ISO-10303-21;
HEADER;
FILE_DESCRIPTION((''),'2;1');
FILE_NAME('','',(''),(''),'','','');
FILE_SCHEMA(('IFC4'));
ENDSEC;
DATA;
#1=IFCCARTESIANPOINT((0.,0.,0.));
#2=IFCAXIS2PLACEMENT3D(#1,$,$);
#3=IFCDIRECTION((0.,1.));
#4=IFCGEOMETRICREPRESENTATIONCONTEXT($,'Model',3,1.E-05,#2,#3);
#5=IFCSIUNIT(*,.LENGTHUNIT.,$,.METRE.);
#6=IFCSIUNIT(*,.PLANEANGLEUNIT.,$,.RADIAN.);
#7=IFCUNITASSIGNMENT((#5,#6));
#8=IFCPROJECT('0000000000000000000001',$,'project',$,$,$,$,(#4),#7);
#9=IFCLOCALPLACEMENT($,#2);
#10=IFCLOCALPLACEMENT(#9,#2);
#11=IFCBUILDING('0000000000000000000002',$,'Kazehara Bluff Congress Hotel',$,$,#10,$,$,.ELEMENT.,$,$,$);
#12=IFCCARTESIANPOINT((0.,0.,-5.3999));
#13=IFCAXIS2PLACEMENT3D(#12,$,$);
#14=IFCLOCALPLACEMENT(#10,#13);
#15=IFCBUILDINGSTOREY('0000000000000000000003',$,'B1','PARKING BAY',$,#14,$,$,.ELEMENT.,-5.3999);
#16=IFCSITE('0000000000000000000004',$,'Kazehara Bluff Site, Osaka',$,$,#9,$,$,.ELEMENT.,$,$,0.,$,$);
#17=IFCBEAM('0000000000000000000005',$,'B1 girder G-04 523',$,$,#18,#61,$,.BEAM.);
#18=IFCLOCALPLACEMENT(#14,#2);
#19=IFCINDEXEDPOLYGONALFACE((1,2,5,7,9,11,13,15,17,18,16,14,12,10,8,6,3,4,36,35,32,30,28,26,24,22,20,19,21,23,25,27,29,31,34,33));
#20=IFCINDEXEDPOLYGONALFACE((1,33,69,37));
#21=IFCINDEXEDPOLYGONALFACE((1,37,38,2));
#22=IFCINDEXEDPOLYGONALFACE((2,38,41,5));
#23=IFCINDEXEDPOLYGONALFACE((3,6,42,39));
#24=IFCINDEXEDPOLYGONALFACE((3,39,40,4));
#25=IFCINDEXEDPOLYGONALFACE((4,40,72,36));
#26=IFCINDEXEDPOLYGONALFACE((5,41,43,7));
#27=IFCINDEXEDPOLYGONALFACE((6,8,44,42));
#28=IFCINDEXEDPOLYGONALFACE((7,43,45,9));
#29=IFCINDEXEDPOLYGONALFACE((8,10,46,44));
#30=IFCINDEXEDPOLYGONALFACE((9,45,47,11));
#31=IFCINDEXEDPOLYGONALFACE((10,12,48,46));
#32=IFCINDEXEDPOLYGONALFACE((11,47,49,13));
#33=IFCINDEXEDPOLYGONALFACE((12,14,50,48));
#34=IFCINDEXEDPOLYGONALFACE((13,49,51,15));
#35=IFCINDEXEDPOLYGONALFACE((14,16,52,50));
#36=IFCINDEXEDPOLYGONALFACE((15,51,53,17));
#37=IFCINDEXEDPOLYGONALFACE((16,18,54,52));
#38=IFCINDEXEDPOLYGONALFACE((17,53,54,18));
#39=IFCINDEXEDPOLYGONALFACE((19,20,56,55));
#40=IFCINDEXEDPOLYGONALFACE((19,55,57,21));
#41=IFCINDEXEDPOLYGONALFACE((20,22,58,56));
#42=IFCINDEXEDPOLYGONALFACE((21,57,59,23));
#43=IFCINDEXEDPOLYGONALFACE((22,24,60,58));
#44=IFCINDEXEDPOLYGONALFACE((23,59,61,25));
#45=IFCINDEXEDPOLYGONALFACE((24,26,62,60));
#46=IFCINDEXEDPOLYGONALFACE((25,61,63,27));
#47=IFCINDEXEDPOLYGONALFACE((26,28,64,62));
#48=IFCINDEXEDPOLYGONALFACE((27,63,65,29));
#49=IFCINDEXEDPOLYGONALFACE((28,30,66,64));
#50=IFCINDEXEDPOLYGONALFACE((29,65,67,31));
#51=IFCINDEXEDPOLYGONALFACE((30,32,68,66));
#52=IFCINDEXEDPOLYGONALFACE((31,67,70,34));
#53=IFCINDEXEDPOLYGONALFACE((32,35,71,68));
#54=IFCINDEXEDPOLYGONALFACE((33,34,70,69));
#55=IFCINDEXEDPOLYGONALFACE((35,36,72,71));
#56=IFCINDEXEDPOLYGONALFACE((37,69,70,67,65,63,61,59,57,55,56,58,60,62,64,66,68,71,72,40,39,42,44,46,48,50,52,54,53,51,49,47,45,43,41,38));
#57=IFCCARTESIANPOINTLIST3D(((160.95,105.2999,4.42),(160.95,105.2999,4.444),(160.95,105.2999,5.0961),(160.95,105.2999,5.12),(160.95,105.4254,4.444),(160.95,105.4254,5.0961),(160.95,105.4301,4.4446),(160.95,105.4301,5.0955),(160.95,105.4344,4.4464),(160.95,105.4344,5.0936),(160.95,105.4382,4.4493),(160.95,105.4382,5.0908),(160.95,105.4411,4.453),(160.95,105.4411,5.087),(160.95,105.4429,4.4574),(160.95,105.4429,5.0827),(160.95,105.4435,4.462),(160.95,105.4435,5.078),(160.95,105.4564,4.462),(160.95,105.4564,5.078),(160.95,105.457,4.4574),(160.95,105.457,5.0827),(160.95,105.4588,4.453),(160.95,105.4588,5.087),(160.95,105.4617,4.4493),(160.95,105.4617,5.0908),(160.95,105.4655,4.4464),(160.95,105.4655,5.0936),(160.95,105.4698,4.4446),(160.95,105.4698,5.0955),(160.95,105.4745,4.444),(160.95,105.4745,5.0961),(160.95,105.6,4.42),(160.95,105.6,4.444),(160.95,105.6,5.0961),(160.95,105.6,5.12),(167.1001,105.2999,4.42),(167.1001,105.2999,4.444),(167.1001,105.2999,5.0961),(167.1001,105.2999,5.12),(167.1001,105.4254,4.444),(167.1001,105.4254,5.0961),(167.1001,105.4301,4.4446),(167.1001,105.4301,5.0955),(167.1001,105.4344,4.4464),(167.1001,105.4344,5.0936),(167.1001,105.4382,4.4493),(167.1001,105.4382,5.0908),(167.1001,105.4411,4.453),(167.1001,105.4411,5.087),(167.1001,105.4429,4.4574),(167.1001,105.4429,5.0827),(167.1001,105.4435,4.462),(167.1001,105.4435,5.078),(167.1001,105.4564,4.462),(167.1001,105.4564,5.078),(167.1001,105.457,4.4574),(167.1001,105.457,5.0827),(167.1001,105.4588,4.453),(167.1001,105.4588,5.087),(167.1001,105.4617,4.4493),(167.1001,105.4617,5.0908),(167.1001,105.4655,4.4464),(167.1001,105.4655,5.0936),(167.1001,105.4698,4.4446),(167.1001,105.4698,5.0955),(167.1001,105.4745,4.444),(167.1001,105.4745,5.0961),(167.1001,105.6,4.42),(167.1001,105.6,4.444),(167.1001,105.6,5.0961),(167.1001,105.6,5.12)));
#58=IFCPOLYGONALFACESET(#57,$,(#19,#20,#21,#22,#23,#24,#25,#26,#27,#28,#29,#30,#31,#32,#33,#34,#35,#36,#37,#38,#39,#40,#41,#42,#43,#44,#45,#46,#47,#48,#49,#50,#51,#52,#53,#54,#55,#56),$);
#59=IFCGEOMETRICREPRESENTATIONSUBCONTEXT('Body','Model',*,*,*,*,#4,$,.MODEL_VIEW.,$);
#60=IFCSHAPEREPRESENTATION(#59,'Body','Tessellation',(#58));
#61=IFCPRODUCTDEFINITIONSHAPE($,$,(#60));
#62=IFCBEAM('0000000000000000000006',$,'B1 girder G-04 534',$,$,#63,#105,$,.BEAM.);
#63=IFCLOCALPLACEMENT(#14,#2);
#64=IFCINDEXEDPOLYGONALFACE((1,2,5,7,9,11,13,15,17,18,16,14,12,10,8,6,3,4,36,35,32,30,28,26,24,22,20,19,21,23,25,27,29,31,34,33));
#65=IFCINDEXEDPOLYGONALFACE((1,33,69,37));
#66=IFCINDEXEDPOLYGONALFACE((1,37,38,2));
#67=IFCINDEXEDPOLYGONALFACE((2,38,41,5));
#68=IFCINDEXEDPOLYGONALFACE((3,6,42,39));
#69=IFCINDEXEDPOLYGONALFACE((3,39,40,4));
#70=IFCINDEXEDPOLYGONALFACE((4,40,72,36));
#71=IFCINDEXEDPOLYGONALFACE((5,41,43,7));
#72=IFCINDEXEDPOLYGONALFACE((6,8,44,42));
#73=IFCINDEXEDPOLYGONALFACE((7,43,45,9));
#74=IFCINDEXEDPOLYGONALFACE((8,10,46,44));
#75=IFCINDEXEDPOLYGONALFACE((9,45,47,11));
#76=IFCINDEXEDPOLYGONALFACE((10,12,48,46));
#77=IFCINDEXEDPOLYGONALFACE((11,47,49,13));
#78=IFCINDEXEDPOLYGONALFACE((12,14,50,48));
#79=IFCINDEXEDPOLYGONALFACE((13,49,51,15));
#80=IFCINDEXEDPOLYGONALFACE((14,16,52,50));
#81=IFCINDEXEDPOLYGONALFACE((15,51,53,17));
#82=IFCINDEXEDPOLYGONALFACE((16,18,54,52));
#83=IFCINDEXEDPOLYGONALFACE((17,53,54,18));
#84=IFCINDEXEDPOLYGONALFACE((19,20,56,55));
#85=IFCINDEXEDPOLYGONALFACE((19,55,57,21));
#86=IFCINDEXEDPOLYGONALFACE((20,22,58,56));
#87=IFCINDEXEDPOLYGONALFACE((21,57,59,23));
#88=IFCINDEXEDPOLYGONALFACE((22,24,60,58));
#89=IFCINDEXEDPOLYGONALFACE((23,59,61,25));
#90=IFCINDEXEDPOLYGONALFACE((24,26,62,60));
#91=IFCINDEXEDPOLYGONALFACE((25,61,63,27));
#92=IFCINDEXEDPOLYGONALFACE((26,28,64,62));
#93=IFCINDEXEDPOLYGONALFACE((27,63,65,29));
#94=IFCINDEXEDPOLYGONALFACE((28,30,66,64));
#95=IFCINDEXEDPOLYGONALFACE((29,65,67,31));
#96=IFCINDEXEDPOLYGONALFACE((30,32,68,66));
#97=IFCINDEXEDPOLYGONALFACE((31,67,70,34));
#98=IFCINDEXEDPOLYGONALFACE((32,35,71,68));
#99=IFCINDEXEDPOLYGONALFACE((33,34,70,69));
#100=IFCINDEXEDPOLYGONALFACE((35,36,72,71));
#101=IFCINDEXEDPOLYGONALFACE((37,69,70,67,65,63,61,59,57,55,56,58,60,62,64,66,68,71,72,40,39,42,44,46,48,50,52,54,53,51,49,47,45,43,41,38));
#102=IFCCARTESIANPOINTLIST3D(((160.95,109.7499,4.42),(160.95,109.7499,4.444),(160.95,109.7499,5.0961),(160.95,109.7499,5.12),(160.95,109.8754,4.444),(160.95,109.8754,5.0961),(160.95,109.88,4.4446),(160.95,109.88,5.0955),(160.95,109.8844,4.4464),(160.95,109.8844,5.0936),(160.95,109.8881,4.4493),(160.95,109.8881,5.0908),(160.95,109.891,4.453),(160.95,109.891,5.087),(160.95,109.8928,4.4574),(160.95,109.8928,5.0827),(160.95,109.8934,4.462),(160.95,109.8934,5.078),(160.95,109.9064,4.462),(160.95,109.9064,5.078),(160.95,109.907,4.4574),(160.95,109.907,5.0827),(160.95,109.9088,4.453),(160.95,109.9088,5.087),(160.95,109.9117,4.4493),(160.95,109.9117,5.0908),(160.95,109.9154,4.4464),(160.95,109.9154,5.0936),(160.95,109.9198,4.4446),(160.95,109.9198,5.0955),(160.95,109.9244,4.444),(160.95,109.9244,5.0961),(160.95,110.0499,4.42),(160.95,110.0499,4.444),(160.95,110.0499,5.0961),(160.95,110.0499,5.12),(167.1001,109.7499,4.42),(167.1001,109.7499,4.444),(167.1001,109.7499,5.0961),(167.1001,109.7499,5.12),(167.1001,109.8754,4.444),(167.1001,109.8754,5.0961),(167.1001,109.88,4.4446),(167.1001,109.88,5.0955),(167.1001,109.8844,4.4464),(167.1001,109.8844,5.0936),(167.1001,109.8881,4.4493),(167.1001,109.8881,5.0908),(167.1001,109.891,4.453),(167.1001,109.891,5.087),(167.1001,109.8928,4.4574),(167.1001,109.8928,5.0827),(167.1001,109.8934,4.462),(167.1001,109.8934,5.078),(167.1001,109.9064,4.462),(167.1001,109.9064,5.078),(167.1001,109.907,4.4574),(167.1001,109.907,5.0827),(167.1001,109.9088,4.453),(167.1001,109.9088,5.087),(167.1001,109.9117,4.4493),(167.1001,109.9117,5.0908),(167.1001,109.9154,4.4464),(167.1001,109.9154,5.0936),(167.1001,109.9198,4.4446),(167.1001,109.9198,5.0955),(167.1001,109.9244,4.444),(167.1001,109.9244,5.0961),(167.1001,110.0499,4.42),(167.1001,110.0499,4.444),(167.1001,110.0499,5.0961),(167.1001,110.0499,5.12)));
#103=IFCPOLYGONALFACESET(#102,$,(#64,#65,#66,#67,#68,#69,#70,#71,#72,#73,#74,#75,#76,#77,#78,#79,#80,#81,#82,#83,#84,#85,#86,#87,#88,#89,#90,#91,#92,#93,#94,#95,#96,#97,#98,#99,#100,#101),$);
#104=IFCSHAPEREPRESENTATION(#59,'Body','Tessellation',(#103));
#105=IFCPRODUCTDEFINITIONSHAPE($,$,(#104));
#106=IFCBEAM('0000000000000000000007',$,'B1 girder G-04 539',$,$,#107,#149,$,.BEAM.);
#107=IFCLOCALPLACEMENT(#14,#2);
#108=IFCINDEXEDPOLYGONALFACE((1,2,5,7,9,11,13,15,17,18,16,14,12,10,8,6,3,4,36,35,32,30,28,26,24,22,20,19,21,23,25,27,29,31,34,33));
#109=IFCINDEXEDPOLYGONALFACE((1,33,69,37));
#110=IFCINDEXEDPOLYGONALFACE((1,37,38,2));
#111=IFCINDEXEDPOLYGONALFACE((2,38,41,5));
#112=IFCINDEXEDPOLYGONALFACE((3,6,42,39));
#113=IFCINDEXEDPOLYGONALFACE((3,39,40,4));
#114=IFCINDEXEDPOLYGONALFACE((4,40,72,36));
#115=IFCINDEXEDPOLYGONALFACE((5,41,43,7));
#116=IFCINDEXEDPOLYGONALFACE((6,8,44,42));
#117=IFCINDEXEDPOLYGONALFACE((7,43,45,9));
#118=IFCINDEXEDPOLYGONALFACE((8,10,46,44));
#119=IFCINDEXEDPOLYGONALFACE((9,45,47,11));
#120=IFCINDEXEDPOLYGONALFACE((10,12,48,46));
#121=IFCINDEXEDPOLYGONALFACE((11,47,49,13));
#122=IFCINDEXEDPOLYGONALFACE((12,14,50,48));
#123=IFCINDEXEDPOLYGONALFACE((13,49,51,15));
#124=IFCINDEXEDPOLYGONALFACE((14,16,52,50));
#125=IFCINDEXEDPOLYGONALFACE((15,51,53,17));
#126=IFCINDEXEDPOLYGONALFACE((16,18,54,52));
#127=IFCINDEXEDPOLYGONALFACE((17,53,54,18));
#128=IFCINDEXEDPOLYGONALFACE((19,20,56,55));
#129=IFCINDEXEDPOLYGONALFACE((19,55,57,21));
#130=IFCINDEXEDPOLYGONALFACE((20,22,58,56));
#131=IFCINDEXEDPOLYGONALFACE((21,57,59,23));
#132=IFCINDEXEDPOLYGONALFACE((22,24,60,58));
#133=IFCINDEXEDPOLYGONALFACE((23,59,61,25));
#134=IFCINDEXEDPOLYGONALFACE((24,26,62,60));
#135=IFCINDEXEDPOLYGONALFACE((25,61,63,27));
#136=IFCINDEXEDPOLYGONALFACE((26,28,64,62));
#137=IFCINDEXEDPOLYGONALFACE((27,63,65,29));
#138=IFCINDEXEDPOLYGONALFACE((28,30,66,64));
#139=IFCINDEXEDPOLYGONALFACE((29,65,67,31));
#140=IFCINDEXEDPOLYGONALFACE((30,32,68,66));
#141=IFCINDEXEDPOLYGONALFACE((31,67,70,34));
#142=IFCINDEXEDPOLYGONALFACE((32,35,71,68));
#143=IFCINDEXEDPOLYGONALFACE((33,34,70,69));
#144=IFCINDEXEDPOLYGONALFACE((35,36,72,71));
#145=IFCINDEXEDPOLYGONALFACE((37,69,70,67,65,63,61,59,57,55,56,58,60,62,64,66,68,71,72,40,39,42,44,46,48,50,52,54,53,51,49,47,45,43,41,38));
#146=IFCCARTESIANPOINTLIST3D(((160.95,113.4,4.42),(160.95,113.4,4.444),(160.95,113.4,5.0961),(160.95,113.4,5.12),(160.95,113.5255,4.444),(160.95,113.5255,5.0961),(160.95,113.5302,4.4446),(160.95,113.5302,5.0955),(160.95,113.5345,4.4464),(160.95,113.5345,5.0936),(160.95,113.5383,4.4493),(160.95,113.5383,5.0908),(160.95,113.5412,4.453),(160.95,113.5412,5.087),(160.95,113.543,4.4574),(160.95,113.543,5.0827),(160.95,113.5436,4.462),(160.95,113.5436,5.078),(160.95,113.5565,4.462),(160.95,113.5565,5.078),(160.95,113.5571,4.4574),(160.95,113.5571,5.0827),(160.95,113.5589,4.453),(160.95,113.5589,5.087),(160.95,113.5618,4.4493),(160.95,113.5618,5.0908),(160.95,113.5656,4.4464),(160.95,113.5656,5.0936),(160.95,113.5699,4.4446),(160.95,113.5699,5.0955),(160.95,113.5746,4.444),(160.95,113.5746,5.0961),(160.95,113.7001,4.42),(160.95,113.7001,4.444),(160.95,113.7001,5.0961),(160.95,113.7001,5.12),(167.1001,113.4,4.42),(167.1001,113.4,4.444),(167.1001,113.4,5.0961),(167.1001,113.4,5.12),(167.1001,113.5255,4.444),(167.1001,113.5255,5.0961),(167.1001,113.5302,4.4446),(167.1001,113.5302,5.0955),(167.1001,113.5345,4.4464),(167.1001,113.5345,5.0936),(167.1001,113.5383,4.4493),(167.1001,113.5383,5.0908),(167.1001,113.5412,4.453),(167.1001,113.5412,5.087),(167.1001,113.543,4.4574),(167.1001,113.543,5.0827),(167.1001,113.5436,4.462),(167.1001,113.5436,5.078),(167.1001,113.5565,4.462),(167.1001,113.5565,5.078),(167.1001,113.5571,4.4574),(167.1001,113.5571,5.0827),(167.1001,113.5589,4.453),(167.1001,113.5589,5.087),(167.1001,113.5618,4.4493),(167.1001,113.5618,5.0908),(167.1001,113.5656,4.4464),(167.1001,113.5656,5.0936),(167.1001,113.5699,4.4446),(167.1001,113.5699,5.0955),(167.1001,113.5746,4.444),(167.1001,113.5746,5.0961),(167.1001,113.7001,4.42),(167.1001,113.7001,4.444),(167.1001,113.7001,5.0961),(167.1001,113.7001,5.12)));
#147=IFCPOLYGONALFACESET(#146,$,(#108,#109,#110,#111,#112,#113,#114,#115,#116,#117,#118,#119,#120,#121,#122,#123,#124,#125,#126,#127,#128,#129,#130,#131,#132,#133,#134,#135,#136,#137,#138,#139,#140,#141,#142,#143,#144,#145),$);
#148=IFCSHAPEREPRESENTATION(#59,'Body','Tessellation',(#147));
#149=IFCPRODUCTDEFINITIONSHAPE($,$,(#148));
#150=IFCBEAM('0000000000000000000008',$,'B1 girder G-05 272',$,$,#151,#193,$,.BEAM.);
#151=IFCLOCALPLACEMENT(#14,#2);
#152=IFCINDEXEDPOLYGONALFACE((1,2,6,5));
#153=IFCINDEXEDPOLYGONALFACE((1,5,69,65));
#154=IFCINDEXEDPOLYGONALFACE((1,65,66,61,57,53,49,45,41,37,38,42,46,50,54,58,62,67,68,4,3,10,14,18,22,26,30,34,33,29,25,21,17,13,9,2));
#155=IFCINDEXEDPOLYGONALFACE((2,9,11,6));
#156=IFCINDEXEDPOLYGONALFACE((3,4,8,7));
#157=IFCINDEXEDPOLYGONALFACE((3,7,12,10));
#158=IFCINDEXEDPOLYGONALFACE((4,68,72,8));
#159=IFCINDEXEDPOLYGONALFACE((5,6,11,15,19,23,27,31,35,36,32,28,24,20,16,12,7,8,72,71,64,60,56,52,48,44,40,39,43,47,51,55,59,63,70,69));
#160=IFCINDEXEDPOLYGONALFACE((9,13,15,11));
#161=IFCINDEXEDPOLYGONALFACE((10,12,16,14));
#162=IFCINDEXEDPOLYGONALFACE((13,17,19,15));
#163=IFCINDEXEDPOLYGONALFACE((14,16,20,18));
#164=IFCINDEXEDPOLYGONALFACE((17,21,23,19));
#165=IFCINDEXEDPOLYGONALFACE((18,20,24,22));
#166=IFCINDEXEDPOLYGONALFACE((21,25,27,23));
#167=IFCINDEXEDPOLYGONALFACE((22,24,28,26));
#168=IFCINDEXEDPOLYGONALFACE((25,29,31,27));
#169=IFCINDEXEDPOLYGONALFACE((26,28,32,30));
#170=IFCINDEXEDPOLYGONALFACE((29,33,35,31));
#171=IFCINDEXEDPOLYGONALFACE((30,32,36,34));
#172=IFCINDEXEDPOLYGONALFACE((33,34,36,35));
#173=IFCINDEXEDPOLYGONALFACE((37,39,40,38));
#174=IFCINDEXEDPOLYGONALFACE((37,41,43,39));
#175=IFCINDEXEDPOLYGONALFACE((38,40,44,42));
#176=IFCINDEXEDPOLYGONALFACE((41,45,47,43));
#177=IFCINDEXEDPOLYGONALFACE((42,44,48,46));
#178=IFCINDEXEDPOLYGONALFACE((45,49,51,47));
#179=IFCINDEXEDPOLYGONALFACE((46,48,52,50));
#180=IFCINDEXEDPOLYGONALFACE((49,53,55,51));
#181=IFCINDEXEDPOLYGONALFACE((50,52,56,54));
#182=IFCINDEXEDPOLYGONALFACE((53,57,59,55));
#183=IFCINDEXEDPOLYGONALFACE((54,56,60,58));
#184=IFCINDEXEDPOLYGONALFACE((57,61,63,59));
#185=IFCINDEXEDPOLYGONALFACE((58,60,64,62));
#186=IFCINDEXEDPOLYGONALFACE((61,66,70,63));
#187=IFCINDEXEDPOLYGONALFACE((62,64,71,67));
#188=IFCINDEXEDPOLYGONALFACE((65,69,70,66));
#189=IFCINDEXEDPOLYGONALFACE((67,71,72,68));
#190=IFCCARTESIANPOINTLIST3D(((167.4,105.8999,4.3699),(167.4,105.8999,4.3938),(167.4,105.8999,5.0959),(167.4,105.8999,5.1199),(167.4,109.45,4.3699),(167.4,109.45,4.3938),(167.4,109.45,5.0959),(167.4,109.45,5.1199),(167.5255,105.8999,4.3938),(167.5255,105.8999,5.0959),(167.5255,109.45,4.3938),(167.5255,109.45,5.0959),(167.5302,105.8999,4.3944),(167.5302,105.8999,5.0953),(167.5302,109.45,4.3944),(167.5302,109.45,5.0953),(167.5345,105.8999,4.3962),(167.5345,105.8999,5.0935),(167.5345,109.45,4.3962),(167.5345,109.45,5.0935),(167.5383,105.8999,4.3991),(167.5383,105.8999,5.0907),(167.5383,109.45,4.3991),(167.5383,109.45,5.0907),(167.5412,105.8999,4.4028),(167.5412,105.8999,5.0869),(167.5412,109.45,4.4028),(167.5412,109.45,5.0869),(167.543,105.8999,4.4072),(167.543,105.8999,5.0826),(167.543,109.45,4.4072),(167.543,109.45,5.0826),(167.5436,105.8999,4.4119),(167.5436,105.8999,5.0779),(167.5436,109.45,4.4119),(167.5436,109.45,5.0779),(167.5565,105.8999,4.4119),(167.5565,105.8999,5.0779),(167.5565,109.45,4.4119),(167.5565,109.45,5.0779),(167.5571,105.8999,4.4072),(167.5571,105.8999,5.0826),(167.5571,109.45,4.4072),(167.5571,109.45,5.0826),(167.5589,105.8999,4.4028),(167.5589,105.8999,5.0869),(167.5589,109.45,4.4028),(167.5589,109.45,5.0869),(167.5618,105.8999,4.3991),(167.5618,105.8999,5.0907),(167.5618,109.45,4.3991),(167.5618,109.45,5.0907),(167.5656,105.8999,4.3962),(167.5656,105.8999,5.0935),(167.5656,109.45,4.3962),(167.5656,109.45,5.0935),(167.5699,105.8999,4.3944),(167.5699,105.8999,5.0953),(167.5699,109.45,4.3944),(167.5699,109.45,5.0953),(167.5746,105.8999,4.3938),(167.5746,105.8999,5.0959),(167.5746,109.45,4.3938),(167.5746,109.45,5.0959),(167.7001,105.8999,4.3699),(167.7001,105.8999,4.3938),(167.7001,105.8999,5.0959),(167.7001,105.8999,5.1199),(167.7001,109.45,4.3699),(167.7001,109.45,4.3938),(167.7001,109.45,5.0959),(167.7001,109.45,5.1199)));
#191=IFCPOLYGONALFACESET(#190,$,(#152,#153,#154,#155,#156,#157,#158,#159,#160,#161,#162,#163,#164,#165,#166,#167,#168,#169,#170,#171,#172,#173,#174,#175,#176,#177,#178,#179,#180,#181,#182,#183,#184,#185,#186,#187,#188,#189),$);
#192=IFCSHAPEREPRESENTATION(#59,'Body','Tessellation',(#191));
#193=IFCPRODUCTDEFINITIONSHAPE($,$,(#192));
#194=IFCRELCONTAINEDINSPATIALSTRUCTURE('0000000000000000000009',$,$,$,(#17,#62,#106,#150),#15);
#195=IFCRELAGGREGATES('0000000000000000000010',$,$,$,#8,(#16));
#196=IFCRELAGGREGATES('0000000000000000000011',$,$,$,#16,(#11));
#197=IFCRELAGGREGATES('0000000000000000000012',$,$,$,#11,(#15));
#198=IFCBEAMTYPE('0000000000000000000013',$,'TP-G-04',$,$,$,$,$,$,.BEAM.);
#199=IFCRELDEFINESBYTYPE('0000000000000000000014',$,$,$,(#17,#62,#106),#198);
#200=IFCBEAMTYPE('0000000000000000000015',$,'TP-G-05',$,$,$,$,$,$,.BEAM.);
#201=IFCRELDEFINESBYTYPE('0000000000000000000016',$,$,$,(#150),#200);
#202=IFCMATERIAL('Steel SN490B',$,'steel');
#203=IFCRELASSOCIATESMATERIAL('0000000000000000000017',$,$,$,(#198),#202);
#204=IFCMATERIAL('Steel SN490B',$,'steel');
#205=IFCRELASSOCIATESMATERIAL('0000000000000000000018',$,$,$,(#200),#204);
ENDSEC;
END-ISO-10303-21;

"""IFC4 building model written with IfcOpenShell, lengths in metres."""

from ifc_helpers import new_model, si_unit, direction, frame, origin, origin_2d, place, context, subcontext, project, spatial, i_section, extrude, material, material_profile, profile_set, type_object, element, save


model = new_model("IFC4")

# Units and contexts
model_context = context("Model", 3, precision=1e-05, world=origin(), true_north=direction((0.0, 1.0)))
body_context = subcontext(model_context, "Body", "Model", "MODEL_VIEW")
ifc_project = project(units=[si_unit("LENGTHUNIT", "METRE"), si_unit("PLANEANGLEUNIT", "RADIAN")], contexts=[model_context])

# Site, building, storey
site_placement = place(None, origin())
site = spatial("IfcSite", under=ifc_project, at=site_placement, Name="Kazehara Bluff Site, Osaka", CompositionType="ELEMENT", RefElevation=0.0)
building_placement = place(site_placement, origin())
building = spatial("IfcBuilding", under=site, at=building_placement, Name="Kazehara Bluff Congress Hotel", CompositionType="ELEMENT")
storey_placement = place(building_placement, frame((0.0, 0.0, -5.3999)))
storey = spatial("IfcBuildingStorey", under=building, at=storey_placement, Name="B1", Description="PARKING BAY", CompositionType="ELEMENT", Elevation=-5.3999)

# Beams
ifc_material_1 = material(Name="Steel SN490B", Category="steel")
ifc_material_profile_1 = material_profile(ifc_material_1, i_section(OverallWidth=0.3, OverallDepth=0.7, WebThickness=0.0129, FlangeThickness=0.0239, FilletRadius=0.0181, at=origin_2d()))
ifc_profile_set_1 = profile_set([ifc_material_profile_1], Name="Steel SN490B")
beam_type_1 = type_object("IfcBeamType", Name="TP-G-04", PredefinedType="BEAM", material=ifc_profile_set_1)
for number, where, z_axis, x_axis, name in (
    (1, (160.95, 105.45, 4.77), (1.0, 0.0, 0.0), (0.0, 1.0, 0.0), "B1 girder G-04 523"),
    (2, (160.95, 109.8999, 4.77), (1.0, 0.0, 0.0), (0.0, 1.0, 0.0), "B1 girder G-04 534"),
    (3, (160.95, 113.55, 4.77), (1.0, 0.0, 0.0), (0.0, 1.0, 0.0), "B1 girder G-04 539"),
):
    element("IfcBeam", number, at=place(storey_placement, frame(where, z_axis=z_axis, x_axis=x_axis)), inside=storey, type_object=beam_type_1, Name=name, PredefinedType="BEAM", context=body_context, shape_type="SweptSolid", body=[
        extrude(i_section(OverallWidth=0.3, OverallDepth=0.7, WebThickness=0.0129, FlangeThickness=0.0239, FilletRadius=0.0181, at=origin_2d()), origin(), (0.0, 0.0, 1.0), 6.1501),
    ])
ifc_material_2 = material(Name="Steel SN490B", Category="steel")
ifc_material_profile_2 = material_profile(ifc_material_2, i_section(OverallWidth=0.3, OverallDepth=0.75, WebThickness=0.0129, FlangeThickness=0.0239, FilletRadius=0.0181, at=origin_2d()))
ifc_profile_set_2 = profile_set([ifc_material_profile_2], Name="Steel SN490B")
beam_type_2 = type_object("IfcBeamType", Name="TP-G-05", PredefinedType="BEAM", material=ifc_profile_set_2)
beam_1_placement = place(storey_placement, frame((167.55, 105.8999, 4.7449), z_axis=(0.0, 1.0, 0.0), x_axis=(-1.0, 0.0, 0.0)))
element("IfcBeam", 4, at=beam_1_placement, inside=storey, type_object=beam_type_2, Name="B1 girder G-05 272", PredefinedType="BEAM", context=body_context, shape_type="SweptSolid", body=[
    extrude(i_section(OverallWidth=0.3, OverallDepth=0.75, WebThickness=0.0129, FlangeThickness=0.0239, FilletRadius=0.0181, at=origin_2d()), origin(), (0.0, 0.0, 1.0), 3.55),
])

save(model, "model.ifc")
